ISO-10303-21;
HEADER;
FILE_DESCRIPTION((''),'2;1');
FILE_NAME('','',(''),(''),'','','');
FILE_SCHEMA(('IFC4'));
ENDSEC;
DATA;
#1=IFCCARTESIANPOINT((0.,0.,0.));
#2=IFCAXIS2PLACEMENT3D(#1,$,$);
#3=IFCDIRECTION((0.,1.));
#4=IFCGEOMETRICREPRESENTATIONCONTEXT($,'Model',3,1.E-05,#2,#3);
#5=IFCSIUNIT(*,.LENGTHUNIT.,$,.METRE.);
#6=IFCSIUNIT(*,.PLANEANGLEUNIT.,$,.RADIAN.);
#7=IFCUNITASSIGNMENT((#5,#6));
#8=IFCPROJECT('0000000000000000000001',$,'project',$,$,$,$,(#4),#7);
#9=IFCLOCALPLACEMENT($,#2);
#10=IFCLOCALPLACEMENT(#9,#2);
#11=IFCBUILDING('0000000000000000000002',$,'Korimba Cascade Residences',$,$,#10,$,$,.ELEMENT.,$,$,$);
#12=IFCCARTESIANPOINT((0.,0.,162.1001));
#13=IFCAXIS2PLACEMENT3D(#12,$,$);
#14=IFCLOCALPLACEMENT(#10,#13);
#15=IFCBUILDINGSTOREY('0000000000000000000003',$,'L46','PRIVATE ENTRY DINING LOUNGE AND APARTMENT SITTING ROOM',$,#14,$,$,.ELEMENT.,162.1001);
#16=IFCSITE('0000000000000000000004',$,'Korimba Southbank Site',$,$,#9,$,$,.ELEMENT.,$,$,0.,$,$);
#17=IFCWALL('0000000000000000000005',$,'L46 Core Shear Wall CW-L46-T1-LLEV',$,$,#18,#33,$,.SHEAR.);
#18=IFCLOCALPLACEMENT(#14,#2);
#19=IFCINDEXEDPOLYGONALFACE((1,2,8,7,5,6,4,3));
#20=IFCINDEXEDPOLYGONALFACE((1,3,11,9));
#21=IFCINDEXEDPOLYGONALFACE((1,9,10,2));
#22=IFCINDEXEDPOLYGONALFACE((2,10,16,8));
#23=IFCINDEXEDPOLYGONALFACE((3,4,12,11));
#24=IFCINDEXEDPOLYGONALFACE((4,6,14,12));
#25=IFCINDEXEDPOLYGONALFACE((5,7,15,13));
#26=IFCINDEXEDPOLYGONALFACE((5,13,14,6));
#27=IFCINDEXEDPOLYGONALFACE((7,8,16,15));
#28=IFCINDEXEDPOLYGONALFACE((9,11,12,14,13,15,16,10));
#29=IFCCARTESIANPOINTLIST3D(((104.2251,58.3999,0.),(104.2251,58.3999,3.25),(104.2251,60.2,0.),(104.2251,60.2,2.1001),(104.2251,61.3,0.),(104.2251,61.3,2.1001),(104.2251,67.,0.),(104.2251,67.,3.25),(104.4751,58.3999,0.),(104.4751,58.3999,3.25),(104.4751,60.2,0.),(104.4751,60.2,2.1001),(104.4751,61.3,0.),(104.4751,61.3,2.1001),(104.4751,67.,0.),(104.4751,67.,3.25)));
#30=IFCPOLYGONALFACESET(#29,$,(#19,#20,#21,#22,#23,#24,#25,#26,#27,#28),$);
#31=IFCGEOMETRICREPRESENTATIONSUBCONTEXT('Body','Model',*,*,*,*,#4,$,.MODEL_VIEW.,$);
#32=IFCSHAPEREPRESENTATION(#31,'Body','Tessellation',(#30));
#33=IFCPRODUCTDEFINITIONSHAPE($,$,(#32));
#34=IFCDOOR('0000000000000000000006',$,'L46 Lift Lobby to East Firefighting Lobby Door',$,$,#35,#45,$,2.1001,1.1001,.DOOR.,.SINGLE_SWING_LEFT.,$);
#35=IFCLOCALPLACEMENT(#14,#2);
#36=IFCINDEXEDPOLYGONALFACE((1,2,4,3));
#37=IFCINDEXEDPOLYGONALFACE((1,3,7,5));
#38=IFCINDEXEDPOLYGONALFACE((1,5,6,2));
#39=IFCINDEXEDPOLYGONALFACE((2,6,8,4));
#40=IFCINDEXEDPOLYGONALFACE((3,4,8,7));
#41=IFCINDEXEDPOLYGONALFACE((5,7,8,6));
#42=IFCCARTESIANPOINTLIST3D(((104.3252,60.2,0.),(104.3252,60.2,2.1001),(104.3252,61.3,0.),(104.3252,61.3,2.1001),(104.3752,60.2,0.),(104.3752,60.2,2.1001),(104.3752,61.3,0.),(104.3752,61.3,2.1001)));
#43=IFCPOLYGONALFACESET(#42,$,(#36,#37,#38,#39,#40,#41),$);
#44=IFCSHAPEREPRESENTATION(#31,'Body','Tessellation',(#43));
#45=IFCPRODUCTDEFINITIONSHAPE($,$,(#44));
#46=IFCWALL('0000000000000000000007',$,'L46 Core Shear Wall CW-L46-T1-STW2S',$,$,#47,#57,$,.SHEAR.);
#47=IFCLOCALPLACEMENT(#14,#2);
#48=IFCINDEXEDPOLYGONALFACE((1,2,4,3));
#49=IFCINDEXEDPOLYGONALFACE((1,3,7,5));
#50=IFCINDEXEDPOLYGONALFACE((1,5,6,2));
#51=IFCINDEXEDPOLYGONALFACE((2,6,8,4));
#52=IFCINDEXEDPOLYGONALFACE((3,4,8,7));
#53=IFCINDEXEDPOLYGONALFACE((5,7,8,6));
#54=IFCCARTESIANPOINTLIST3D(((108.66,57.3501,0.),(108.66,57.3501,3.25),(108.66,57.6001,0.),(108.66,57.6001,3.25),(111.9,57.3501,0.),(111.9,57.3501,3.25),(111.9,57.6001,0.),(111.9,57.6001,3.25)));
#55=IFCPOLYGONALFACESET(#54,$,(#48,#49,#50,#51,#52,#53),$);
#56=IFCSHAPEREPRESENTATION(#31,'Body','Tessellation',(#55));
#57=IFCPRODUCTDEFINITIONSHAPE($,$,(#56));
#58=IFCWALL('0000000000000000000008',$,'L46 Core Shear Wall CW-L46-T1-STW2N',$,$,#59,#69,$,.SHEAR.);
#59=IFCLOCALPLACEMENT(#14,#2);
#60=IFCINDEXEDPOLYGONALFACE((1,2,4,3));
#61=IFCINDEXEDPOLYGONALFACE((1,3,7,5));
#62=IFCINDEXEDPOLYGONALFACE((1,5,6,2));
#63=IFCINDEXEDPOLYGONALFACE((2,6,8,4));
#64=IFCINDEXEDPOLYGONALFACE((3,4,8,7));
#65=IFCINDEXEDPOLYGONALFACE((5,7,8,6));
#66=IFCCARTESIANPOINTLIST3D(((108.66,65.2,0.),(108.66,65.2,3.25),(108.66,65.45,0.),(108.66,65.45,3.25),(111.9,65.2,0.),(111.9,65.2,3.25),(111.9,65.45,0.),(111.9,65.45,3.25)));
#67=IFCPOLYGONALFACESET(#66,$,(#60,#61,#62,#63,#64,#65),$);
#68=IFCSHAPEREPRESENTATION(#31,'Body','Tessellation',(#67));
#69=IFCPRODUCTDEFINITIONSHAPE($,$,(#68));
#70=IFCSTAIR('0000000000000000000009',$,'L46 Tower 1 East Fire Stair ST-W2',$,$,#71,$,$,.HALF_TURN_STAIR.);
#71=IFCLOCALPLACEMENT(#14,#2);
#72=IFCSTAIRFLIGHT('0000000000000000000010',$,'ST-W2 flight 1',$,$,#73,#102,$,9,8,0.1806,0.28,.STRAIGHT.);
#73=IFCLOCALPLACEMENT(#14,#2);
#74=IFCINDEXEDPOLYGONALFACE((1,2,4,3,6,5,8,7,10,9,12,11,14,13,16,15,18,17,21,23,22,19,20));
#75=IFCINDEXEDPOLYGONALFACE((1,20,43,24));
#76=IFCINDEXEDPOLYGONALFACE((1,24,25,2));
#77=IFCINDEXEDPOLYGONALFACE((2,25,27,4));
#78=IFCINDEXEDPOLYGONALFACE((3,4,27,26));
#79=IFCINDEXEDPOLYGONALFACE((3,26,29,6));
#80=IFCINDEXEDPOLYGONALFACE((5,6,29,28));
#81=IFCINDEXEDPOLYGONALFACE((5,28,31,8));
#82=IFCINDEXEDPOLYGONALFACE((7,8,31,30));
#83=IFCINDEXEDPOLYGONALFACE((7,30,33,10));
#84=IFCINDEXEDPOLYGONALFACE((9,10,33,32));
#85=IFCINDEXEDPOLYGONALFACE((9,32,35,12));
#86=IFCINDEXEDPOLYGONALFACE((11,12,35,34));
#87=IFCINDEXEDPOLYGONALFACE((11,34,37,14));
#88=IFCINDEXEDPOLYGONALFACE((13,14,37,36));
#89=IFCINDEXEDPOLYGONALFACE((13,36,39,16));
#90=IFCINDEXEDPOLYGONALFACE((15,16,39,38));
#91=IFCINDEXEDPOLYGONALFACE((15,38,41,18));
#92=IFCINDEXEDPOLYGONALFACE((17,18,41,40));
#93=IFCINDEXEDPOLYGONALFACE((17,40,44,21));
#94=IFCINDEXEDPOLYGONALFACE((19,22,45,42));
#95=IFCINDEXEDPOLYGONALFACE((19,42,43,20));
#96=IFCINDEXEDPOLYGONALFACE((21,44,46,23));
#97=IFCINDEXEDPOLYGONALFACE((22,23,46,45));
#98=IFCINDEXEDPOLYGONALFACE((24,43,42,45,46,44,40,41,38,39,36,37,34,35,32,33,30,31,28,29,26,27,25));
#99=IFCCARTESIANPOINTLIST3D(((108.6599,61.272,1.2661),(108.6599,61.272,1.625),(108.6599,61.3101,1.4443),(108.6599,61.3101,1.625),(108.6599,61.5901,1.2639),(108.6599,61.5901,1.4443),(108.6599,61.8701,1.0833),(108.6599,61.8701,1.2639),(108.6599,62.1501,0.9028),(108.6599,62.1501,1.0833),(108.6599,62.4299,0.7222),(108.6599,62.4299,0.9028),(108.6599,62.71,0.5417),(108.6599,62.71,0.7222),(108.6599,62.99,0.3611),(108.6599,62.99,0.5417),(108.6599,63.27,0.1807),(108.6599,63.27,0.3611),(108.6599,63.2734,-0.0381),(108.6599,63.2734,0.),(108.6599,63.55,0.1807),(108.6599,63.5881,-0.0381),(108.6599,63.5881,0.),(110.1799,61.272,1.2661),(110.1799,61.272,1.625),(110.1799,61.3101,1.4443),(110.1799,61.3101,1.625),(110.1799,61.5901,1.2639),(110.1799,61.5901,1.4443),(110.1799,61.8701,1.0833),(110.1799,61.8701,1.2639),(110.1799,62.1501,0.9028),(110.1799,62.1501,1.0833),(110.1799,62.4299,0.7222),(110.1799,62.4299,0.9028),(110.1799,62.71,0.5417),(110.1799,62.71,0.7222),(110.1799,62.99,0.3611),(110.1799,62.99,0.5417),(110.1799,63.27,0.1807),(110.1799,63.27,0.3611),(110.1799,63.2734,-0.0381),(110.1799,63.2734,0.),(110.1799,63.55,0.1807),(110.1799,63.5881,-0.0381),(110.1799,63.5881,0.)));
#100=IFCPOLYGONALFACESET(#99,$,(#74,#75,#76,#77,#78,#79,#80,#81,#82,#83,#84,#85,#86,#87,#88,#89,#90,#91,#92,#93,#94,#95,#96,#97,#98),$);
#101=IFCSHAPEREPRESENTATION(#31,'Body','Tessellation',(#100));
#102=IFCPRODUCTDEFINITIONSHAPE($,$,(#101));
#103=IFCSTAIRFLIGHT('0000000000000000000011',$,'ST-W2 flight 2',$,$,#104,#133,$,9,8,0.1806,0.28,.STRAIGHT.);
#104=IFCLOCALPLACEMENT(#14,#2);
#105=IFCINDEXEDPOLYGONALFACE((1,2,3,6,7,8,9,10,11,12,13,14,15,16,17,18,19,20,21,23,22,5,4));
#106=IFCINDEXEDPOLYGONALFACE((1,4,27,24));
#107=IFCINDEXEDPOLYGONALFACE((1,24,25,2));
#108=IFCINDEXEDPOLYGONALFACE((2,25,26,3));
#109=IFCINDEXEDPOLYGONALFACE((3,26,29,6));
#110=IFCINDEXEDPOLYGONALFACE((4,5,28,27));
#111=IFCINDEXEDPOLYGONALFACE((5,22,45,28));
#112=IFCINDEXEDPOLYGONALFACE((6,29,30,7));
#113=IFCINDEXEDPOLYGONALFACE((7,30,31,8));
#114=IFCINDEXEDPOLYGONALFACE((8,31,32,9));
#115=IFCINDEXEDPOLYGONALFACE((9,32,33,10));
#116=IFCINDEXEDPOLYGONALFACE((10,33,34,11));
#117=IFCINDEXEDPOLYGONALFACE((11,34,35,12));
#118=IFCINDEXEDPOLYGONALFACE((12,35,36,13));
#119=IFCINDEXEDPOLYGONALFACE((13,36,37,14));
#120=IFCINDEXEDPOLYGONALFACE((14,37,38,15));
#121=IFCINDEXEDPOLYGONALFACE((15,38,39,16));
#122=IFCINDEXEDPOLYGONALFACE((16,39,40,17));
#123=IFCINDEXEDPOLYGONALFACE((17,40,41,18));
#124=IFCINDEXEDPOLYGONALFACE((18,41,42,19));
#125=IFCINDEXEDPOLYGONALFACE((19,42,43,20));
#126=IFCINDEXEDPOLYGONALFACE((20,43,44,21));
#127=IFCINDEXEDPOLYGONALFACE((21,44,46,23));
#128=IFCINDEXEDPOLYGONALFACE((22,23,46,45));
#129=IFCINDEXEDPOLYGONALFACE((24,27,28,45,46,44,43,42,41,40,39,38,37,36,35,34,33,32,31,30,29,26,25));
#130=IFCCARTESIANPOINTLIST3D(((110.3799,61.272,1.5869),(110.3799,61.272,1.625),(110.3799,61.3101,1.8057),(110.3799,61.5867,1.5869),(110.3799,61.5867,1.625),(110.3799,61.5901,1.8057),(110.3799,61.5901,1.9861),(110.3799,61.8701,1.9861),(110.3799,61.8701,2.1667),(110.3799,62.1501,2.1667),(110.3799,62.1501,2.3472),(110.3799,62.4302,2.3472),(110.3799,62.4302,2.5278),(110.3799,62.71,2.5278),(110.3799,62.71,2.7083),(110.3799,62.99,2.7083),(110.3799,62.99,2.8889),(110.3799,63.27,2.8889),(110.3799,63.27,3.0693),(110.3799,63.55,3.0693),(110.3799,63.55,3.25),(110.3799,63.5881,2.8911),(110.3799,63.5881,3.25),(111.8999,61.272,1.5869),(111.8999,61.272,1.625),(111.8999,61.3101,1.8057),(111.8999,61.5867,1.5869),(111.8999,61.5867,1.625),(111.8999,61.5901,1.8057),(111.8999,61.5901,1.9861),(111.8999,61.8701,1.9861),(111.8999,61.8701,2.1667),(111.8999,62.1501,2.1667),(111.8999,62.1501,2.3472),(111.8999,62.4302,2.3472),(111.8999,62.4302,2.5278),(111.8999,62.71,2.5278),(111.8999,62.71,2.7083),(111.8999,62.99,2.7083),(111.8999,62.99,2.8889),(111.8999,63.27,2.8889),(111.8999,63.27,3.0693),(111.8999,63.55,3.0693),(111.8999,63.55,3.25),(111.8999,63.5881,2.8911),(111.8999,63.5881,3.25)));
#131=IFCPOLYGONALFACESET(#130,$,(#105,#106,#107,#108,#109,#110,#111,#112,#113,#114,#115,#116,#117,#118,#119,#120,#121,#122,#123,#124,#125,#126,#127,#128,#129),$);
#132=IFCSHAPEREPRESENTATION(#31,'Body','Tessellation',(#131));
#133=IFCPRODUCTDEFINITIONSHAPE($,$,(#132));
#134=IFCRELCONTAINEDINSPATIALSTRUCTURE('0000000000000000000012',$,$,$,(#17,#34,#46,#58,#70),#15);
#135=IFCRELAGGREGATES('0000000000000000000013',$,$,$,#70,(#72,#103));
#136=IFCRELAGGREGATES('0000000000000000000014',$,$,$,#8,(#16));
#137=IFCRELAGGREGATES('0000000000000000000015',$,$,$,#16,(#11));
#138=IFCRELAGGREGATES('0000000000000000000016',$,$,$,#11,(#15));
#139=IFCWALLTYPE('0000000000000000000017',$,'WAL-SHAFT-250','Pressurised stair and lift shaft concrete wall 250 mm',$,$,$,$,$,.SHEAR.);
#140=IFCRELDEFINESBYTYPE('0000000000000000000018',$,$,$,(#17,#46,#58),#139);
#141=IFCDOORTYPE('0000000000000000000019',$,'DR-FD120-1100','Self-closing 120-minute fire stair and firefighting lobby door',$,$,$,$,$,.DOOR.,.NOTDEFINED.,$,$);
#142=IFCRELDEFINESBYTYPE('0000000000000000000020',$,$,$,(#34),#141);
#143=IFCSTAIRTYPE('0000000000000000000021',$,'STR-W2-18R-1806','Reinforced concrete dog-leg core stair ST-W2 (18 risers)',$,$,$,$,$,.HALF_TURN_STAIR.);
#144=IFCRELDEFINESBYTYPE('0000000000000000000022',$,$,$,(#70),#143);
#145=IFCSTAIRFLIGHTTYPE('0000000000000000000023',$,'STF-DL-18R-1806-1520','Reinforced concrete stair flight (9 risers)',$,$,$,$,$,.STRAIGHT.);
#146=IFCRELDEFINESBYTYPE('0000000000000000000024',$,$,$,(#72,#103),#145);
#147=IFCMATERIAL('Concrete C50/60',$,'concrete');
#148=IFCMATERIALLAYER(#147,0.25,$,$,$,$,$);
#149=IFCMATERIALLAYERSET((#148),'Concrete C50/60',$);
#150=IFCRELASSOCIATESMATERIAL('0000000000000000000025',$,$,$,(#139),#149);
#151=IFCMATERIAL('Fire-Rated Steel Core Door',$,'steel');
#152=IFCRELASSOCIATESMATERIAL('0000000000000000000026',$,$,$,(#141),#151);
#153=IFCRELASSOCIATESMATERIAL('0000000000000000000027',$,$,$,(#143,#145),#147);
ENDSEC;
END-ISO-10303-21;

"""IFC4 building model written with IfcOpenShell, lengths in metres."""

from ifc_helpers import new_model, si_unit, direction, frame, frame_2d, origin, place, context, subcontext, project, spatial, polyline, rectangle, outline, extrude, material, layer, layer_set, type_object, element, fill, aggregate, save


model = new_model("IFC4")

# Units and contexts
model_context = context("Model", 3, precision=1e-05, world=origin(), true_north=direction((0.0, 1.0)))
body_context = subcontext(model_context, "Body", "Model", "MODEL_VIEW")
ifc_project = project(units=[si_unit("LENGTHUNIT", "METRE"), si_unit("PLANEANGLEUNIT", "RADIAN")], contexts=[model_context])

# Site, building, storey
site_placement = place(None, origin())
site = spatial("IfcSite", under=ifc_project, at=site_placement, Name="Korimba Southbank Site", CompositionType="ELEMENT", RefElevation=0.0)
building_placement = place(site_placement, origin())
building = spatial("IfcBuilding", under=site, at=building_placement, Name="Korimba Cascade Residences", CompositionType="ELEMENT")
storey_placement = place(building_placement, frame((0.0, 0.0, 162.1001)))
storey = spatial("IfcBuildingStorey", under=building, at=storey_placement, Name="L46", Description="PRIVATE ENTRY DINING LOUNGE AND APARTMENT SITTING ROOM", CompositionType="ELEMENT", Elevation=162.1001)

# Shared definitions
ifc_material_1 = material(Name="Concrete C50/60", Category="concrete")
ifc_layer_1 = layer(ifc_material_1, 0.25)
ifc_layer_set_1 = layer_set([ifc_layer_1], Name="Concrete C50/60")
wall_type_1 = type_object("IfcWallType", Name="WAL-SHAFT-250", Description="Pressurised stair and lift shaft concrete wall 250 mm", PredefinedType="SHEAR", material=ifc_layer_set_1)

# Wall, opening, door
wall_1_placement = place(storey_placement, frame((104.3501, 58.3999, 0.0), z_axis=(0.0, 0.0, 1.0), x_axis=(0.0, 1.0, 0.0)))
wall_1 = element("IfcWall", 1, at=wall_1_placement, inside=storey, type_object=wall_type_1, Name="L46 Core Shear Wall CW-L46-T1-LLEV", PredefinedType="SHEAR", context=body_context, shape_type="SweptSolid", body=[
    extrude(rectangle(XDim=8.6001, YDim=0.25, at=frame_2d((4.3, 0.0))), origin(), (0.0, 0.0, 1.0), 3.25),
])
opening_1_placement = place(wall_1_placement, frame((1.8, 0.0, 0.0)))
opening_1 = element("IfcOpeningElement", 2, at=opening_1_placement, cuts=wall_1, PredefinedType="OPENING", context=body_context, shape_type="SweptSolid", body=[
    extrude(rectangle(XDim=1.1001, YDim=2.1001, at=frame_2d((0.55, 1.05))), frame((0.0, 0.135, 0.0), z_axis=(0.0, -1.0, 0.0), x_axis=(1.0, 0.0, 0.0)), (0.0, 0.0, 1.0), 0.27),
])
ifc_material_2 = material(Name="Fire-Rated Steel Core Door", Category="steel")
door_type_1 = type_object("IfcDoorType", Name="DR-FD120-1100", Description="Self-closing 120-minute fire stair and firefighting lobby door", OperationType="NOTDEFINED", PredefinedType="DOOR", material=ifc_material_2)
door_1_placement = place(opening_1_placement, origin())
door_1 = element("IfcDoor", 3, at=door_1_placement, inside=storey, type_object=door_type_1, Name="L46 Lift Lobby to East Firefighting Lobby Door", OperationType="SINGLE_SWING_LEFT", OverallHeight=2.1001, OverallWidth=1.1001, PredefinedType="DOOR", context=body_context, shape_type="SweptSolid", body=[
    extrude(rectangle(XDim=1.1001, YDim=2.1001, at=frame_2d((0.55, 1.05))), frame((0.0, 0.0249, 0.0), z_axis=(0.0, -1.0, 0.0), x_axis=(1.0, 0.0, 0.0)), (0.0, 0.0, 1.0), 0.05),
])
fill(opening_1, door_1)

# Walls
for number, where, z_axis, x_axis, name in (
    (4, (108.6599, 57.4751, 0.0), (0.0, 0.0, 1.0), (1.0, 0.0, 0.0), "L46 Core Shear Wall CW-L46-T1-STW2S"),
    (5, (108.6599, 65.325, 0.0), (0.0, 0.0, 1.0), (1.0, 0.0, 0.0), "L46 Core Shear Wall CW-L46-T1-STW2N"),
):
    element("IfcWall", number, at=place(storey_placement, frame(where, z_axis=z_axis, x_axis=x_axis)), inside=storey, type_object=wall_type_1, Name=name, PredefinedType="SHEAR", context=body_context, shape_type="SweptSolid", body=[
        extrude(rectangle(XDim=3.24, YDim=0.25, at=frame_2d((1.6201, 0.0))), origin(), (0.0, 0.0, 1.0), 3.25),
    ])

# Stair, stair flights
stair_type = type_object("IfcStairType", Name="STR-W2-18R-1806", Description="Reinforced concrete dog-leg core stair ST-W2 (18 risers)", PredefinedType="HALF_TURN_STAIR", material=ifc_material_1)
stair_placement = place(storey_placement, origin())
stair = element("IfcStair", 6, at=stair_placement, inside=storey, type_object=stair_type, Name="L46 Tower 1 East Fire Stair ST-W2", PredefinedType="HALF_TURN_STAIR")
stair_flight_type = type_object("IfcStairFlightType", Name="STF-DL-18R-1806-1520", Description="Reinforced concrete stair flight (9 risers)", PredefinedType="STRAIGHT", material=ifc_material_1)
stair_flight_1_placement = place(storey_placement, frame((109.4199, 63.55, 0.0), z_axis=(0.0, 0.0, 1.0), x_axis=(0.0, -1.0, 0.0)))
stair_flight_1 = element("IfcStairFlight", 7, at=stair_flight_1_placement, type_object=stair_flight_type, Name="ST-W2 flight 1", NumberOfRisers=9, NumberOfTreads=8, PredefinedType="STRAIGHT", RiserHeight=0.1806, TreadLength=0.28, context=body_context, shape_type="SweptSolid", body=[
    extrude(outline(polyline([(-0.0381, 0.0), (0.0, 0.1807), (0.28, 0.1807), (0.28, 0.3611), (0.5601, 0.3611), (0.5601, 0.5417), (0.8401, 0.5417), (0.8401, 0.7222), (1.1201, 0.7222), (1.1201, 0.9028), (1.3999, 0.9028), (1.3999, 1.0833), (1.6799, 1.0833), (1.6799, 1.2639), (1.96, 1.2639), (1.96, 1.4443), (2.24, 1.4443), (2.24, 1.625), (2.2781, 1.625), (2.2781, 1.2661), (0.2766, 0.0), (0.2766, -0.0381), (-0.0381, -0.0381), (-0.0381, 0.0)])), frame((0.0, 0.76, 0.0), z_axis=(0.0, -1.0, 0.0), x_axis=(1.0, 0.0, 0.0)), (0.0, 0.0, 1.0), 1.52),
])
stair_flight_2_placement = place(storey_placement, frame((111.1399, 61.3101, 1.625), z_axis=(0.0, 0.0, 1.0), x_axis=(0.0, 1.0, 0.0)))
stair_flight_2 = element("IfcStairFlight", 8, at=stair_flight_2_placement, type_object=stair_flight_type, Name="ST-W2 flight 2", NumberOfRisers=9, NumberOfTreads=8, PredefinedType="STRAIGHT", RiserHeight=0.1806, TreadLength=0.28, context=body_context, shape_type="SweptSolid", body=[
    extrude(outline(polyline([(-0.0381, 0.0), (0.0, 0.1807), (0.28, 0.1807), (0.28, 0.3611), (0.5601, 0.3611), (0.5601, 0.5417), (0.8401, 0.5417), (0.8401, 0.7222), (1.1201, 0.7222), (1.1201, 0.9028), (1.3999, 0.9028), (1.3999, 1.0833), (1.6799, 1.0833), (1.6799, 1.2639), (1.96, 1.2639), (1.96, 1.4443), (2.24, 1.4443), (2.24, 1.625), (2.2781, 1.625), (2.2781, 1.2661), (0.2766, 0.0), (0.2766, -0.0381), (-0.0381, -0.0381), (-0.0381, 0.0)])), frame((0.0, 0.76, 0.0), z_axis=(0.0, -1.0, 0.0), x_axis=(1.0, 0.0, 0.0)), (0.0, 0.0, 1.0), 1.52),
])
aggregate(stair, [stair_flight_1, stair_flight_2])

save(model, "model.ifc")
